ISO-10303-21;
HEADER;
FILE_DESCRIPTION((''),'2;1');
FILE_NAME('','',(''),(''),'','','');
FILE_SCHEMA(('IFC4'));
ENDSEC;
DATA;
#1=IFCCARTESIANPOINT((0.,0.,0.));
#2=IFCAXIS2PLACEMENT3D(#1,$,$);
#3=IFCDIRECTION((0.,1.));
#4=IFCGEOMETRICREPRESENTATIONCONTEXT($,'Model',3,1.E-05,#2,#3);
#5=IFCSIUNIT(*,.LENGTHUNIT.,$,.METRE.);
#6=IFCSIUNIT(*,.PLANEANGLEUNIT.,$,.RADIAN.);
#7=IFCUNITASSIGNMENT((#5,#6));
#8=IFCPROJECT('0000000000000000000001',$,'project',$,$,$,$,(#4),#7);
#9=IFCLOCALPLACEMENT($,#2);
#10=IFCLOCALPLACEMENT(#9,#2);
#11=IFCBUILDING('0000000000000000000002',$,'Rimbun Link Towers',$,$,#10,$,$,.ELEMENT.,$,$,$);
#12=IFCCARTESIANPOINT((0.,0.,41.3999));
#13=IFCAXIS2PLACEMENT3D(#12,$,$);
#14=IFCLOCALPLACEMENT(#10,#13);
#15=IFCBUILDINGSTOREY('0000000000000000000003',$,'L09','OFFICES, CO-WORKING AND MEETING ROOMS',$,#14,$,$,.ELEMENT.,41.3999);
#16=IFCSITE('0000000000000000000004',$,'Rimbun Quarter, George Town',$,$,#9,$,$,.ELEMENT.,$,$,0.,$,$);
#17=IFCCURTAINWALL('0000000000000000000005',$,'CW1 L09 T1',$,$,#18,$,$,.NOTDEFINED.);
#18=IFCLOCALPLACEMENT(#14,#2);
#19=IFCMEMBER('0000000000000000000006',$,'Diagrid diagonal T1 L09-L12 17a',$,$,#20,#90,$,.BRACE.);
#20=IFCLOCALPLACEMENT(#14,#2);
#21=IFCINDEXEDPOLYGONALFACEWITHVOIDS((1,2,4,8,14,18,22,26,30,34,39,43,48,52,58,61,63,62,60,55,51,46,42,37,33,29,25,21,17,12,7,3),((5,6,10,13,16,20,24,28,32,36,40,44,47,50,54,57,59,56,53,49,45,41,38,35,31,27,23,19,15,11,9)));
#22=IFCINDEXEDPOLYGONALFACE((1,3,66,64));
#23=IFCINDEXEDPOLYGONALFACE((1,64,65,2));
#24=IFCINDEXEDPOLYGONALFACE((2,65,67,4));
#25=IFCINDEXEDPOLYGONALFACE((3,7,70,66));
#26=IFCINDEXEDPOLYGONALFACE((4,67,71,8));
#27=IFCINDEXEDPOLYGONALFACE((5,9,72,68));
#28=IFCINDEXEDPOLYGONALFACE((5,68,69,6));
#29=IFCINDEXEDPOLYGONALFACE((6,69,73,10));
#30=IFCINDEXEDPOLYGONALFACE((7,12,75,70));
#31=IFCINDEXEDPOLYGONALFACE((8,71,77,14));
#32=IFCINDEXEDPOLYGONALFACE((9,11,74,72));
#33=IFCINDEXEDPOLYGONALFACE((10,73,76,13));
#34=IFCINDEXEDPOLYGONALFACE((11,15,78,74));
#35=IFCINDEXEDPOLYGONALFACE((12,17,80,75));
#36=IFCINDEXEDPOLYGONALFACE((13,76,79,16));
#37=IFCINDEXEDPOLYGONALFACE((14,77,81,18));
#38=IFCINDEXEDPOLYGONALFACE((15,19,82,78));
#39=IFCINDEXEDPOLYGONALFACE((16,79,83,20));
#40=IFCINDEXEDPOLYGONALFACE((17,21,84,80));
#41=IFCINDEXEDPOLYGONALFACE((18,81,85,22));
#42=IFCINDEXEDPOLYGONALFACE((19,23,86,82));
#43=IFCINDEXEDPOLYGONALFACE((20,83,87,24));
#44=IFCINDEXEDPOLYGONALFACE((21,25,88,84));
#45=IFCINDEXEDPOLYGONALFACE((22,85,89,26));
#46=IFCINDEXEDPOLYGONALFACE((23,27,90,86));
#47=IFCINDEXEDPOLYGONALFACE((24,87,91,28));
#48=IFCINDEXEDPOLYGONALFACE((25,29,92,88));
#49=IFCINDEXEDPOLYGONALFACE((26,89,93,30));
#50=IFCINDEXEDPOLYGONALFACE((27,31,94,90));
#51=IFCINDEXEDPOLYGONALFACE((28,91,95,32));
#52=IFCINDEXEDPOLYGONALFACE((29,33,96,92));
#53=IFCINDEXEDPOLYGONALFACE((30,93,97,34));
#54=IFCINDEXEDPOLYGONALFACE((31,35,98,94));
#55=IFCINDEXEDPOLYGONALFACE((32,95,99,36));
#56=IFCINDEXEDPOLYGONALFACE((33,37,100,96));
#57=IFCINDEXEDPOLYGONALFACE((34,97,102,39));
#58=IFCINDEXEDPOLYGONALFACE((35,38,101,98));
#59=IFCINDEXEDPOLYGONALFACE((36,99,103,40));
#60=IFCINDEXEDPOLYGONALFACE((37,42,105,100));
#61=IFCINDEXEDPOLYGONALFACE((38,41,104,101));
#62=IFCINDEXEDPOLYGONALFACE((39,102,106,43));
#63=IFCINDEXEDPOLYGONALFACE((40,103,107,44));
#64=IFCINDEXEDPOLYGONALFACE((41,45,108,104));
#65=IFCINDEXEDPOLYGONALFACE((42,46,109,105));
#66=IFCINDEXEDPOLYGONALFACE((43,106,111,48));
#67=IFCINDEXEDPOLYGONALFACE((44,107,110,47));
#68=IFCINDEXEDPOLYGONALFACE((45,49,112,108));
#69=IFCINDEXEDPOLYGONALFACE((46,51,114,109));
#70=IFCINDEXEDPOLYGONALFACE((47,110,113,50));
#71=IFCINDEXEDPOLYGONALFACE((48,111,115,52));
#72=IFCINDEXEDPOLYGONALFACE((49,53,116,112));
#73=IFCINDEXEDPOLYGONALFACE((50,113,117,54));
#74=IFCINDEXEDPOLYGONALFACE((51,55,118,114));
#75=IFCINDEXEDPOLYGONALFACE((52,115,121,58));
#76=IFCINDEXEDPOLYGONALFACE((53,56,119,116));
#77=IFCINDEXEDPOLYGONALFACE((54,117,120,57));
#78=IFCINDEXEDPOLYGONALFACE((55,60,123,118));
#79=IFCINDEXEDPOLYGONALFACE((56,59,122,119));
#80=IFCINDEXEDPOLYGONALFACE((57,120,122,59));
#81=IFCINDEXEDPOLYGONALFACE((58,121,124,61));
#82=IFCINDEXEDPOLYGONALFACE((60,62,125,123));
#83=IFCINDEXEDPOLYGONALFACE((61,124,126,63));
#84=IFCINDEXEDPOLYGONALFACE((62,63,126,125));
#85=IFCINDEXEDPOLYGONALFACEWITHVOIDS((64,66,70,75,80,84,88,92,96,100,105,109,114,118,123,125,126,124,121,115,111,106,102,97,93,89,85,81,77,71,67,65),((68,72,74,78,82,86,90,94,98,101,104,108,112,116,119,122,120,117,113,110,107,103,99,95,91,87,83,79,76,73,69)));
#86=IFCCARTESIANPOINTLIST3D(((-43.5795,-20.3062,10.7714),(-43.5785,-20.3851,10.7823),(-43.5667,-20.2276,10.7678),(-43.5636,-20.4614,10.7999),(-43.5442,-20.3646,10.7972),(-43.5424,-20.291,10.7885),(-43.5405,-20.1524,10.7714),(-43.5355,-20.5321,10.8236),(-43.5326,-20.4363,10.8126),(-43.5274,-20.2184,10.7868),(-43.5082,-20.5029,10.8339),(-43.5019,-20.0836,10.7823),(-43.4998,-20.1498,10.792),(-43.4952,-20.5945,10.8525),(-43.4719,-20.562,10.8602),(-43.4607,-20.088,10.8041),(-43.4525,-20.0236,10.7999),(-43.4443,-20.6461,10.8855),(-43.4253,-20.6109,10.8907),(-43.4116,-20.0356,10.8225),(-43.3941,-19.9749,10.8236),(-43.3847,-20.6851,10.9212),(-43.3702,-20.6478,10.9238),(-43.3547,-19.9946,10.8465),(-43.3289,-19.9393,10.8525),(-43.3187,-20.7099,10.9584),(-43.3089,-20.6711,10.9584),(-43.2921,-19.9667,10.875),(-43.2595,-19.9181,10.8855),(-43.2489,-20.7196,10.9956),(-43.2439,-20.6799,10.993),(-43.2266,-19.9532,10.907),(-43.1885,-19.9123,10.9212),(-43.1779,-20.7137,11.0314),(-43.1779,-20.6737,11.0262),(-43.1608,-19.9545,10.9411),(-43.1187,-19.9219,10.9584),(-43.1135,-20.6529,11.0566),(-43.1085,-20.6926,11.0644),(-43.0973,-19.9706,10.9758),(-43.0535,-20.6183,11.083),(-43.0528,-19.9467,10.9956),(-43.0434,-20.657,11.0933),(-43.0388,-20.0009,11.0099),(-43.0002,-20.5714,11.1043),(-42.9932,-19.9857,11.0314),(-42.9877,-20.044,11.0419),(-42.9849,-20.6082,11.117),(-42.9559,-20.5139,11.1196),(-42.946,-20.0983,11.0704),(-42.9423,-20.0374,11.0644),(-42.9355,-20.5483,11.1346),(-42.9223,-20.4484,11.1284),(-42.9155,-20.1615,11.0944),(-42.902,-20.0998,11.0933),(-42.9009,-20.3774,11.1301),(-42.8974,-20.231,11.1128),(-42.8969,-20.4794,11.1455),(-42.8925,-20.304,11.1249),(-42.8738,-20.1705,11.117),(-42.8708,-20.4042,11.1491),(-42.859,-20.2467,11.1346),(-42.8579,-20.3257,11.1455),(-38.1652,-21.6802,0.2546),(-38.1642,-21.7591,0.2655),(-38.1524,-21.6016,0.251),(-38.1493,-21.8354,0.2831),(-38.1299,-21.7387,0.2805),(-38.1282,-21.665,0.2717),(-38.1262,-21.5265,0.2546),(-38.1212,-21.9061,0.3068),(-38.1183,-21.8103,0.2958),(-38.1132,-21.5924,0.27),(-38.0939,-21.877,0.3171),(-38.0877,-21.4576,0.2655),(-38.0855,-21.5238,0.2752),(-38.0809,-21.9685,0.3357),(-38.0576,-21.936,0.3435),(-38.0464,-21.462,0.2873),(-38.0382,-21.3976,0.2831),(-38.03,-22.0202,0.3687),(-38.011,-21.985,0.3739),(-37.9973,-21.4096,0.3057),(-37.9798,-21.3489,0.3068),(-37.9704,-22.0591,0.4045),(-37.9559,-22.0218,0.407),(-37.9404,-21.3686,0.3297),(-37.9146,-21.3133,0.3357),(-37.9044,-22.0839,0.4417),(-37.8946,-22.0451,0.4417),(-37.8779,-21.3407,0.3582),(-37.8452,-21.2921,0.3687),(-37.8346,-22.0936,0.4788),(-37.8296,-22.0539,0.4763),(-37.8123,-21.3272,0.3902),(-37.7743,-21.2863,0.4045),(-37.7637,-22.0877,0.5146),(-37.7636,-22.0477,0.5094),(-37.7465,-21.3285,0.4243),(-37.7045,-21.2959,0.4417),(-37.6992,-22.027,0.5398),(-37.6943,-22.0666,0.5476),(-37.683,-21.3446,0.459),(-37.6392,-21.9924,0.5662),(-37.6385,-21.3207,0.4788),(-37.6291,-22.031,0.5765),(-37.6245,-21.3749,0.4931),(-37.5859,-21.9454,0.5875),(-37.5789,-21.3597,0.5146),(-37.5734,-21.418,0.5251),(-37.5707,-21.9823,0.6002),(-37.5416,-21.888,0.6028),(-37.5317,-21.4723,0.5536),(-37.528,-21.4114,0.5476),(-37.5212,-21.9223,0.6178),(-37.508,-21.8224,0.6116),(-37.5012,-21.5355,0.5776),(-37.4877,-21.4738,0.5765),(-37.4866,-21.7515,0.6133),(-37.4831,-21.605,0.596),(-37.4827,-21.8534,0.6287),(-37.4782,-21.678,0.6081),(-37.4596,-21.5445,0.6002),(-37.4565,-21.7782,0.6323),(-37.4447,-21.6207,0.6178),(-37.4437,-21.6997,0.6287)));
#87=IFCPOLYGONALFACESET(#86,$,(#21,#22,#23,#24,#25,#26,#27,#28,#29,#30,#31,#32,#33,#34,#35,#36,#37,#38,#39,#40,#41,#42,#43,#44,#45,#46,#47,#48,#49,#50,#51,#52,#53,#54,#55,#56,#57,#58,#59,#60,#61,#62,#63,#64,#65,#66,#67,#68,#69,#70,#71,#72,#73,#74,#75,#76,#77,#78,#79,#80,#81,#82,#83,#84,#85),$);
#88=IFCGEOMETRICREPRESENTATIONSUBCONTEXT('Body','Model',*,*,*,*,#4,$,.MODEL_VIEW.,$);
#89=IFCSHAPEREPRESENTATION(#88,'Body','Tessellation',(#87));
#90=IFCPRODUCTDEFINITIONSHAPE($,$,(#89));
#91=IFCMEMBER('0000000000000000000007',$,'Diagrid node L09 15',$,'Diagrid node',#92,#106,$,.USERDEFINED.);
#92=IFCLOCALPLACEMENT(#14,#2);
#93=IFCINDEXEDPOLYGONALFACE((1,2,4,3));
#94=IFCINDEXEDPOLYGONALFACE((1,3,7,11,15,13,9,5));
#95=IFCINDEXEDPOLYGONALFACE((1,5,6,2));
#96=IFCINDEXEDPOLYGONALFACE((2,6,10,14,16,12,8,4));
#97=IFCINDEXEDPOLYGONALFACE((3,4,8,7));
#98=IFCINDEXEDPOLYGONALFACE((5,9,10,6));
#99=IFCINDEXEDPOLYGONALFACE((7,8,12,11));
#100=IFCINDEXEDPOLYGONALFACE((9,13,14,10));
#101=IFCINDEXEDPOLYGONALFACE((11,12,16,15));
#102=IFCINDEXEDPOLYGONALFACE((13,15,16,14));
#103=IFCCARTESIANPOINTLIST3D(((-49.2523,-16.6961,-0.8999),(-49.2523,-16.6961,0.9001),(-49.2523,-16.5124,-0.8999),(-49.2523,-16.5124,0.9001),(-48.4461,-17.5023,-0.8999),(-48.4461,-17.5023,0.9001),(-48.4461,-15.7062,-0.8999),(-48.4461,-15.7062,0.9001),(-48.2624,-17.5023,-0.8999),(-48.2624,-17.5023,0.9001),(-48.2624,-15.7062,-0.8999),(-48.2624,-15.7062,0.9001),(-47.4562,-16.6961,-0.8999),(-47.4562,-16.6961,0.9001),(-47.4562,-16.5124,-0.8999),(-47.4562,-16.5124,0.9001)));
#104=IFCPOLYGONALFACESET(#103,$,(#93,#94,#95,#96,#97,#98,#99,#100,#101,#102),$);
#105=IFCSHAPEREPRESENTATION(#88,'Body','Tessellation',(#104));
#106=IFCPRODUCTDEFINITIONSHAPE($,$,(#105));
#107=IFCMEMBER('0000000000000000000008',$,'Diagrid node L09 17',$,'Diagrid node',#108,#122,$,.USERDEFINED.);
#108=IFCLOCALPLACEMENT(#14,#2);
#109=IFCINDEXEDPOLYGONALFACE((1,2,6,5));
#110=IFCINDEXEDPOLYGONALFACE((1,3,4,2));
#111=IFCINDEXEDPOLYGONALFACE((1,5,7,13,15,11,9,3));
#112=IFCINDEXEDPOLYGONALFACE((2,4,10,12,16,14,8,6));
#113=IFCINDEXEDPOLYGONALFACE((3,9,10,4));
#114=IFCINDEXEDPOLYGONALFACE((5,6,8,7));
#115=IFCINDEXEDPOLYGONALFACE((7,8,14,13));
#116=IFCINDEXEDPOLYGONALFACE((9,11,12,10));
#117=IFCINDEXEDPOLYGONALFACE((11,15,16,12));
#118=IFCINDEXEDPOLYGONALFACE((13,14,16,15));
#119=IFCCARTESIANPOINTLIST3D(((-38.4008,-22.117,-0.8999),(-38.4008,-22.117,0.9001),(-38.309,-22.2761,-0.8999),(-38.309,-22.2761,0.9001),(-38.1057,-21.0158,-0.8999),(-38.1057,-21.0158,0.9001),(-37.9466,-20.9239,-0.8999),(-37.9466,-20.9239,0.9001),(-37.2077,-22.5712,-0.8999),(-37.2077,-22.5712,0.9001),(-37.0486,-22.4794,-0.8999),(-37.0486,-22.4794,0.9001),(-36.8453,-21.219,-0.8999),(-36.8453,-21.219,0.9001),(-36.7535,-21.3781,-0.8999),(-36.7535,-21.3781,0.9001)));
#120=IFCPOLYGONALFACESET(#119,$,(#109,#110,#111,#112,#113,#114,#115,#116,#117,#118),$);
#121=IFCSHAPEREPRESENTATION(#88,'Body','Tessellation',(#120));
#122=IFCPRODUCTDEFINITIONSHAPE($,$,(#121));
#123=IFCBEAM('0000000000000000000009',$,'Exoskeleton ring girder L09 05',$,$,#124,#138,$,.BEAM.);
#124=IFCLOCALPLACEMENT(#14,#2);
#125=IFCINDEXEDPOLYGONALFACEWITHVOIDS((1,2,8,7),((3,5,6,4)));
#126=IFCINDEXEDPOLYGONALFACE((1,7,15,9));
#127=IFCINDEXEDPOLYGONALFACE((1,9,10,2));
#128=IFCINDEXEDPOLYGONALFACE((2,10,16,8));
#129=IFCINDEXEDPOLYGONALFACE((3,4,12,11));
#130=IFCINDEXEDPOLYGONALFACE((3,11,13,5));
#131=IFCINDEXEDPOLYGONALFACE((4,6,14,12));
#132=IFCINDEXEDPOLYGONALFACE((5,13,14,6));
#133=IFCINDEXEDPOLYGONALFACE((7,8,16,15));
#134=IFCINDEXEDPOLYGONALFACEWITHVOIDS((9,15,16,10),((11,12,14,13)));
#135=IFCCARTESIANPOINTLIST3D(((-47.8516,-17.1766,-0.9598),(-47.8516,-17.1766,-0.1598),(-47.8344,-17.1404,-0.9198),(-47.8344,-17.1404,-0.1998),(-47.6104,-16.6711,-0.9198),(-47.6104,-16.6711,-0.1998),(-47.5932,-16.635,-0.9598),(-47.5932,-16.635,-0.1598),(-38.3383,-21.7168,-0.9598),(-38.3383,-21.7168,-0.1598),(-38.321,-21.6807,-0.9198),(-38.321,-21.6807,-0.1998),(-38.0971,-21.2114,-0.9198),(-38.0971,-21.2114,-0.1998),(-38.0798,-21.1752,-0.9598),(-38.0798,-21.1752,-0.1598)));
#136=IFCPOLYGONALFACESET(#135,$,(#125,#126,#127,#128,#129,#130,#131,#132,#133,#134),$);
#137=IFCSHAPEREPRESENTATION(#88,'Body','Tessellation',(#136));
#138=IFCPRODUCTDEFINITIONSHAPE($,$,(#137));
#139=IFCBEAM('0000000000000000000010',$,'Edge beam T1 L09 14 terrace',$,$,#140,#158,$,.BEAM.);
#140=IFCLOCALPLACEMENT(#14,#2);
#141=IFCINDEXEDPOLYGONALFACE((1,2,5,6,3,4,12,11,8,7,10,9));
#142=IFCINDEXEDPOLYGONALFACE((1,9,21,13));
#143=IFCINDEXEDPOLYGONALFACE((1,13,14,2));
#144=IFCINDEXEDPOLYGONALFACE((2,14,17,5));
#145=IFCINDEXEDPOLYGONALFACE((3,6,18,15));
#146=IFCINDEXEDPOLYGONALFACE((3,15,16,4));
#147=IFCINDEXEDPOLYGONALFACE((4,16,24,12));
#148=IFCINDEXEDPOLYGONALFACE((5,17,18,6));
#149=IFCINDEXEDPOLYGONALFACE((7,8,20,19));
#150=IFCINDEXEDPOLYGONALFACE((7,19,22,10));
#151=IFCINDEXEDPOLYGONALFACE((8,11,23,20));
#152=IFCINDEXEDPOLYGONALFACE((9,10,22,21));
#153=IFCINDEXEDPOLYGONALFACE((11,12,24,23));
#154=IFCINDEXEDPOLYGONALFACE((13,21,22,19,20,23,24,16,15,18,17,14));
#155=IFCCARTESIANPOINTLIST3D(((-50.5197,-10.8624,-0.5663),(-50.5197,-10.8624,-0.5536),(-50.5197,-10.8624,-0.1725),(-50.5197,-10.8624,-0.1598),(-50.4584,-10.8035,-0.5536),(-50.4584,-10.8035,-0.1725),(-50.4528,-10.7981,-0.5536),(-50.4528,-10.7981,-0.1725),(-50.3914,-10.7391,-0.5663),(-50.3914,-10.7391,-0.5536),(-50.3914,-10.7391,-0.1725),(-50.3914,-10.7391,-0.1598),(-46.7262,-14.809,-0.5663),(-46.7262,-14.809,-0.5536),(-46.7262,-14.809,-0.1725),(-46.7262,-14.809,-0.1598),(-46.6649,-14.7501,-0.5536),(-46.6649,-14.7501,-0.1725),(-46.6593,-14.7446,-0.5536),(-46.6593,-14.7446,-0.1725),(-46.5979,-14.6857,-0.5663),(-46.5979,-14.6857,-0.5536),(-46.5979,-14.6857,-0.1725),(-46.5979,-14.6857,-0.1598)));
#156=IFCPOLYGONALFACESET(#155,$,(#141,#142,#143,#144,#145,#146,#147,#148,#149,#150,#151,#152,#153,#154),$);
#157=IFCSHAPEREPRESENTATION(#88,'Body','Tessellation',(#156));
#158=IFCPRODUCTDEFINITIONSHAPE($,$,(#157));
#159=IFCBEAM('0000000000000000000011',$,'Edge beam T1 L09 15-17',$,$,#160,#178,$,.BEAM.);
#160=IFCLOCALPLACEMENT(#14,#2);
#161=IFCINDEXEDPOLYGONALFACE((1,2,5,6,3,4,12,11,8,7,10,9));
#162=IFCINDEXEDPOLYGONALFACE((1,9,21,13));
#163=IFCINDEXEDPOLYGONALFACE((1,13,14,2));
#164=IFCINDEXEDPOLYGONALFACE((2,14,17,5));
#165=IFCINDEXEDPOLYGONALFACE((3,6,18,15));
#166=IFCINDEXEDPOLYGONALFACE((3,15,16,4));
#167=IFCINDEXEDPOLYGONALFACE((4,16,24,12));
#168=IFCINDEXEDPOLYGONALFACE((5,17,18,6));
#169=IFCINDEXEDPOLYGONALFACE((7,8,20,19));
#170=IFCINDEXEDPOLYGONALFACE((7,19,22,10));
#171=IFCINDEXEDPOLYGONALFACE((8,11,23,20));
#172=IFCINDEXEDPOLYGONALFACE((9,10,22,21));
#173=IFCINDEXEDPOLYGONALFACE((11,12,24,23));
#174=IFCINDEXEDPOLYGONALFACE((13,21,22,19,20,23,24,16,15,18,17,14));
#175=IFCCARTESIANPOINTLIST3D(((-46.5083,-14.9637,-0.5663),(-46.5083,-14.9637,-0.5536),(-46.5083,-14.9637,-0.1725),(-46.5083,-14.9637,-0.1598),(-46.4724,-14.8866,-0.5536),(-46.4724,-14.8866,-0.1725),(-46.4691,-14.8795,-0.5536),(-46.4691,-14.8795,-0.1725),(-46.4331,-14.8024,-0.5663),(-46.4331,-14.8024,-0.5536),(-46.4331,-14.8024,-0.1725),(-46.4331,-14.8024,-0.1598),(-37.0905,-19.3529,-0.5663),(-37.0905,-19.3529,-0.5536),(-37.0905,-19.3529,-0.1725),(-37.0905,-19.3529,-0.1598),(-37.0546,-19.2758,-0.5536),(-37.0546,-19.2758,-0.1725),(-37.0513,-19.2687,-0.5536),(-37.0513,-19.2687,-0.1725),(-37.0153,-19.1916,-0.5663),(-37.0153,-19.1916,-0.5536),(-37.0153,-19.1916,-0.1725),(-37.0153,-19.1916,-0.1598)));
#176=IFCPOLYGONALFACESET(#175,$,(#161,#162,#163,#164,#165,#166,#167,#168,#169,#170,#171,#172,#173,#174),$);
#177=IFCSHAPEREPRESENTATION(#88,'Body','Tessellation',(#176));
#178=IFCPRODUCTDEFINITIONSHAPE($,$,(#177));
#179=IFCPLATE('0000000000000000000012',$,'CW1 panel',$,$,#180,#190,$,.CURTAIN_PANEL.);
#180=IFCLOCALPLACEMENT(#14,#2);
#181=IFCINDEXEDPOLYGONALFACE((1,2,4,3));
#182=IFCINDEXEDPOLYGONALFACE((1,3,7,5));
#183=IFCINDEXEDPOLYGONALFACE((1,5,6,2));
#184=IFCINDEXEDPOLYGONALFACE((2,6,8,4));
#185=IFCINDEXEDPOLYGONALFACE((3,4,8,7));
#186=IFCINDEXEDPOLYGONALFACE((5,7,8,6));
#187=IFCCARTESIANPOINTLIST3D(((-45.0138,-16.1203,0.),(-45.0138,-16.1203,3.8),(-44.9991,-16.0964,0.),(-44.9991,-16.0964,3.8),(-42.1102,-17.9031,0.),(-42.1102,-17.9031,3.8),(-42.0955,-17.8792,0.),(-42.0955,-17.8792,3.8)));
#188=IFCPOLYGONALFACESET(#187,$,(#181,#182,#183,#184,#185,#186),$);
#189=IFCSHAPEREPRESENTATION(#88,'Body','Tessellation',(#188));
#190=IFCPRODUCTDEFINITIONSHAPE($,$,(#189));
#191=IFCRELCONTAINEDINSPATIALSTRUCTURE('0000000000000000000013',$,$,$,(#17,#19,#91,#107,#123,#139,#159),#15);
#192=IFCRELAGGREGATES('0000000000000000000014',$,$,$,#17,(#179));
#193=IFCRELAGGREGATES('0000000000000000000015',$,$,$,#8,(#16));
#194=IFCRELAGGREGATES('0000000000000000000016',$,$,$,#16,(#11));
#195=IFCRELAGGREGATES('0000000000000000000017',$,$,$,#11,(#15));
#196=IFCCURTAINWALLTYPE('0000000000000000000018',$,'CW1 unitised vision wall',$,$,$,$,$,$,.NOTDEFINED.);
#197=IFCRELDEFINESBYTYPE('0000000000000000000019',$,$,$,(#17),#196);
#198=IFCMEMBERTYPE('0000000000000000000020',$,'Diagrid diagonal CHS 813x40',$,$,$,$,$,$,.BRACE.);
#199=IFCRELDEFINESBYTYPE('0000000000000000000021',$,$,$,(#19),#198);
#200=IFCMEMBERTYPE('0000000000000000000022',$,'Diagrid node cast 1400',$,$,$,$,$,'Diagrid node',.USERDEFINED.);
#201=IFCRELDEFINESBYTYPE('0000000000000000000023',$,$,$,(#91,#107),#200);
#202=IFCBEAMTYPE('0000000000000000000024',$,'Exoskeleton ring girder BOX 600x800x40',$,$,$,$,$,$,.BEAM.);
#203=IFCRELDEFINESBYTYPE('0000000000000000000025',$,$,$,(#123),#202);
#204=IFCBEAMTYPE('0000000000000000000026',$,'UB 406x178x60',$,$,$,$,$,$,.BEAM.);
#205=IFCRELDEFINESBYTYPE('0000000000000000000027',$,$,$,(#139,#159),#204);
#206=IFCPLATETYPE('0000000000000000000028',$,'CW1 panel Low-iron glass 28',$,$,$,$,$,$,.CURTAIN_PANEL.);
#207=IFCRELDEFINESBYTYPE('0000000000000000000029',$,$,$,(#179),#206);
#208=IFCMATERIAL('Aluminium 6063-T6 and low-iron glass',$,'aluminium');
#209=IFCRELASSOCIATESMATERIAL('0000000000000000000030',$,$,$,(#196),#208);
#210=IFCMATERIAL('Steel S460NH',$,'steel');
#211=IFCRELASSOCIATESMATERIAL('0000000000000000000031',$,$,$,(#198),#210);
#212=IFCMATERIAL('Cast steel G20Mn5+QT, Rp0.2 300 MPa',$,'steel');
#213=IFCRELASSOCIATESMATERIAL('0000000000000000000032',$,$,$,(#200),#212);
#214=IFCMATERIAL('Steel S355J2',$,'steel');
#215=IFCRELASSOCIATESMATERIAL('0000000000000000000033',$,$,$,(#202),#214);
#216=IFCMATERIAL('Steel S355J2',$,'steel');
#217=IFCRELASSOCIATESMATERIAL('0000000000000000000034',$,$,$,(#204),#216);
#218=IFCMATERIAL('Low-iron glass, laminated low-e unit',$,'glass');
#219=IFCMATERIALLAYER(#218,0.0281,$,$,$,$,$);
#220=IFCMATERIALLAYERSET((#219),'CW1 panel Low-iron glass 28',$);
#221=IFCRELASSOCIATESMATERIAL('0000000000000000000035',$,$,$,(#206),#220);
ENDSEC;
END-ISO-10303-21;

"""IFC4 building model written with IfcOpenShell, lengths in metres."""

from ifc_helpers import new_model, si_unit, direction, frame, origin, origin_2d, place, context, subcontext, project, spatial, polyline, rectangle, hollow_rectangle, hollow_circle, i_section, outline, extrude, material, layer, layer_set, material_profile, profile_set, type_object, element, aggregate, save


model = new_model("IFC4")

# Units and contexts
model_context = context("Model", 3, precision=1e-05, world=origin(), true_north=direction((0.0, 1.0)))
body_context = subcontext(model_context, "Body", "Model", "MODEL_VIEW")
ifc_project = project(units=[si_unit("LENGTHUNIT", "METRE"), si_unit("PLANEANGLEUNIT", "RADIAN")], contexts=[model_context])

# Site, building, storey
site_placement = place(None, origin())
site = spatial("IfcSite", under=ifc_project, at=site_placement, Name="Rimbun Quarter, George Town", CompositionType="ELEMENT", RefElevation=0.0)
building_placement = place(site_placement, origin())
building = spatial("IfcBuilding", under=site, at=building_placement, Name="Rimbun Link Towers", CompositionType="ELEMENT")
storey_placement = place(building_placement, frame((0.0, 0.0, 41.3999)))
storey = spatial("IfcBuildingStorey", under=building, at=storey_placement, Name="L09", Description="OFFICES, CO-WORKING AND MEETING ROOMS", CompositionType="ELEMENT", Elevation=41.3999)

# Curtain wall
ifc_material_1 = material(Name="Aluminium 6063-T6 and low-iron glass", Category="aluminium")
curtain_wall_type = type_object("IfcCurtainWallType", Name="CW1 unitised vision wall", PredefinedType="NOTDEFINED", material=ifc_material_1)
curtain_wall_placement = place(storey_placement, origin())
curtain_wall = element("IfcCurtainWall", 1, at=curtain_wall_placement, inside=storey, type_object=curtain_wall_type, Name="CW1 L09 T1", PredefinedType="NOTDEFINED")

# Members
ifc_material_2 = material(Name="Steel S460NH", Category="steel")
ifc_material_profile_1 = material_profile(ifc_material_2, hollow_circle(Radius=0.4065, WallThickness=0.04, at=origin_2d()), Name="Diagrid diagonal CHS 813x40")
ifc_profile_set_1 = profile_set([ifc_material_profile_1], Name="Steel S460NH")
member_type_1 = type_object("IfcMemberType", Name="Diagrid diagonal CHS 813x40", PredefinedType="BRACE", material=ifc_profile_set_1)
member_1_placement = place(storey_placement, frame((-37.8044, -21.6899, 0.4417), z_axis=(-0.454668, 0.115384, 0.883155), x_axis=(-0.245979, -0.969275, 0.0)))
element("IfcMember", 2, at=member_1_placement, inside=storey, type_object=member_type_1, Name="Diagrid diagonal T1 L09-L12 17a", PredefinedType="BRACE", context=body_context, shape_type="SweptSolid", body=[
    extrude(hollow_circle(Radius=0.4065, WallThickness=0.04, at=origin_2d()), origin(), (0.0, 0.0, 1.0), 11.9082),
])
ifc_material_3 = material(Name="Cast steel G20Mn5+QT, Rp0.2 300 MPa", Category="steel")
ifc_material_profile_2 = material_profile(ifc_material_3, outline(polyline([(0.7, -0.5701), (0.7, 0.5701), (0.5701, 0.7), (-0.5701, 0.7), (-0.7, 0.5701), (-0.7, -0.5701), (-0.5701, -0.7), (0.5701, -0.7), (0.7, -0.5701)])), Name="NODE 1400x1400")
ifc_profile_set_2 = profile_set([ifc_material_profile_2], Name="Cast steel G20Mn5+QT, Rp0.2 300 MPa")
member_type_2 = type_object("IfcMemberType", Name="Diagrid node cast 1400", ElementType="Diagrid node", PredefinedType="USERDEFINED", material=ifc_profile_set_2)
for number, where, z_axis, x_axis, name in (
    (3, (-48.3542, -16.6042, -0.8999), (0.0, 0.0, 1.0), (-0.707107, -0.707107, 0.0), "Diagrid node L09 15"),
    (4, (-37.5771, -21.7476, -0.8999), (0.0, 0.0, 1.0), (-0.258819, -0.965926, 0.0), "Diagrid node L09 17"),
):
    element("IfcMember", number, at=place(storey_placement, frame(where, z_axis=z_axis, x_axis=x_axis)), inside=storey, type_object=member_type_2, Name=name, ObjectType="Diagrid node", PredefinedType="USERDEFINED", context=body_context, shape_type="SweptSolid", body=[
        extrude(outline(polyline([(0.7, -0.5701), (0.7, 0.5701), (0.5701, 0.7), (-0.5701, 0.7), (-0.7, 0.5701), (-0.7, -0.5701), (-0.5701, -0.7), (0.5701, -0.7), (0.7, -0.5701)])), origin(), (0.0, 0.0, 1.0), 1.8),
    ])

# Beams
ifc_material_4 = material(Name="Steel S355J2", Category="steel")
ifc_material_profile_3 = material_profile(ifc_material_4, hollow_rectangle(XDim=0.6001, YDim=0.8, WallThickness=0.04, at=origin_2d()), Name="Exoskeleton ring girder BOX 600x800x40")
ifc_profile_set_3 = profile_set([ifc_material_profile_3], Name="Steel S355J2")
beam_type_1 = type_object("IfcBeamType", Name="Exoskeleton ring girder BOX 600x800x40", PredefinedType="BEAM", material=ifc_profile_set_3)
beam_1_placement = place(storey_placement, frame((-47.7224, -16.9058, -0.5598), z_axis=(0.902489, -0.430713, 0.0), x_axis=(0.430713, 0.902489, 0.0)))
element("IfcBeam", 5, at=beam_1_placement, inside=storey, type_object=beam_type_1, Name="Exoskeleton ring girder L09 05", PredefinedType="BEAM", context=body_context, shape_type="SweptSolid", body=[
    extrude(hollow_rectangle(XDim=0.6001, YDim=0.8, WallThickness=0.04, at=origin_2d()), origin(), (0.0, 0.0, 1.0), 10.5413),
])
ifc_material_5 = material(Name="Steel S355J2", Category="steel")
ifc_material_profile_4 = material_profile(ifc_material_5, i_section(OverallWidth=0.178, OverallDepth=0.4065, WebThickness=0.0078, FlangeThickness=0.0127, at=origin_2d()), Name="UB 406x178x60")
ifc_profile_set_4 = profile_set([ifc_material_profile_4], Name="Steel S355J2")
beam_type_2 = type_object("IfcBeamType", Name="UB 406x178x60", PredefinedType="BEAM", material=ifc_profile_set_4)
beam_2_placement = place(storey_placement, frame((-50.4556, -10.8008, -0.363), z_axis=(0.692987, -0.72095, 0.0), x_axis=(0.72095, 0.692987, 0.0)))
element("IfcBeam", 6, at=beam_2_placement, inside=storey, type_object=beam_type_2, Name="Edge beam T1 L09 14 terrace", PredefinedType="BEAM", context=body_context, shape_type="SweptSolid", body=[
    extrude(i_section(OverallWidth=0.178, OverallDepth=0.4065, WebThickness=0.0078, FlangeThickness=0.0127, at=origin_2d()), origin(), (0.0, 0.0, 1.0), 5.4741),
])
beam_3_placement = place(storey_placement, frame((-46.4707, -14.8831, -0.363), z_axis=(0.906396, -0.422429, 0.0), x_axis=(0.422429, 0.906396, 0.0)))
element("IfcBeam", 7, at=beam_3_placement, inside=storey, type_object=beam_type_2, Name="Edge beam T1 L09 15-17", PredefinedType="BEAM", context=body_context, shape_type="SweptSolid", body=[
    extrude(i_section(OverallWidth=0.178, OverallDepth=0.4065, WebThickness=0.0078, FlangeThickness=0.0127, at=origin_2d()), origin(), (0.0, 0.0, 1.0), 10.3904),
])

# Plate
ifc_material_6 = material(Name="Low-iron glass, laminated low-e unit", Category="glass")
ifc_layer_1 = layer(ifc_material_6, 0.0281)
ifc_layer_set_1 = layer_set([ifc_layer_1], Name="CW1 panel Low-iron glass 28")
plate_type = type_object("IfcPlateType", Name="CW1 panel Low-iron glass 28", PredefinedType="CURTAIN_PANEL", material=ifc_layer_set_1)
plate_1_placement = place(storey_placement, frame((-43.5547, -16.9998, 0.0), z_axis=(0.0, 0.0, 1.0), x_axis=(-0.852185, 0.523241, 0.0)))
plate_1 = element("IfcPlate", 8, at=plate_1_placement, type_object=plate_type, Name="CW1 panel", PredefinedType="CURTAIN_PANEL", context=body_context, shape_type="SweptSolid", body=[
    extrude(rectangle(XDim=3.4072, YDim=0.0281, at=origin_2d()), origin(), (0.0, 0.0, 1.0), 3.8),
])
aggregate(curtain_wall, [plate_1])

save(model, "model.ifc")
